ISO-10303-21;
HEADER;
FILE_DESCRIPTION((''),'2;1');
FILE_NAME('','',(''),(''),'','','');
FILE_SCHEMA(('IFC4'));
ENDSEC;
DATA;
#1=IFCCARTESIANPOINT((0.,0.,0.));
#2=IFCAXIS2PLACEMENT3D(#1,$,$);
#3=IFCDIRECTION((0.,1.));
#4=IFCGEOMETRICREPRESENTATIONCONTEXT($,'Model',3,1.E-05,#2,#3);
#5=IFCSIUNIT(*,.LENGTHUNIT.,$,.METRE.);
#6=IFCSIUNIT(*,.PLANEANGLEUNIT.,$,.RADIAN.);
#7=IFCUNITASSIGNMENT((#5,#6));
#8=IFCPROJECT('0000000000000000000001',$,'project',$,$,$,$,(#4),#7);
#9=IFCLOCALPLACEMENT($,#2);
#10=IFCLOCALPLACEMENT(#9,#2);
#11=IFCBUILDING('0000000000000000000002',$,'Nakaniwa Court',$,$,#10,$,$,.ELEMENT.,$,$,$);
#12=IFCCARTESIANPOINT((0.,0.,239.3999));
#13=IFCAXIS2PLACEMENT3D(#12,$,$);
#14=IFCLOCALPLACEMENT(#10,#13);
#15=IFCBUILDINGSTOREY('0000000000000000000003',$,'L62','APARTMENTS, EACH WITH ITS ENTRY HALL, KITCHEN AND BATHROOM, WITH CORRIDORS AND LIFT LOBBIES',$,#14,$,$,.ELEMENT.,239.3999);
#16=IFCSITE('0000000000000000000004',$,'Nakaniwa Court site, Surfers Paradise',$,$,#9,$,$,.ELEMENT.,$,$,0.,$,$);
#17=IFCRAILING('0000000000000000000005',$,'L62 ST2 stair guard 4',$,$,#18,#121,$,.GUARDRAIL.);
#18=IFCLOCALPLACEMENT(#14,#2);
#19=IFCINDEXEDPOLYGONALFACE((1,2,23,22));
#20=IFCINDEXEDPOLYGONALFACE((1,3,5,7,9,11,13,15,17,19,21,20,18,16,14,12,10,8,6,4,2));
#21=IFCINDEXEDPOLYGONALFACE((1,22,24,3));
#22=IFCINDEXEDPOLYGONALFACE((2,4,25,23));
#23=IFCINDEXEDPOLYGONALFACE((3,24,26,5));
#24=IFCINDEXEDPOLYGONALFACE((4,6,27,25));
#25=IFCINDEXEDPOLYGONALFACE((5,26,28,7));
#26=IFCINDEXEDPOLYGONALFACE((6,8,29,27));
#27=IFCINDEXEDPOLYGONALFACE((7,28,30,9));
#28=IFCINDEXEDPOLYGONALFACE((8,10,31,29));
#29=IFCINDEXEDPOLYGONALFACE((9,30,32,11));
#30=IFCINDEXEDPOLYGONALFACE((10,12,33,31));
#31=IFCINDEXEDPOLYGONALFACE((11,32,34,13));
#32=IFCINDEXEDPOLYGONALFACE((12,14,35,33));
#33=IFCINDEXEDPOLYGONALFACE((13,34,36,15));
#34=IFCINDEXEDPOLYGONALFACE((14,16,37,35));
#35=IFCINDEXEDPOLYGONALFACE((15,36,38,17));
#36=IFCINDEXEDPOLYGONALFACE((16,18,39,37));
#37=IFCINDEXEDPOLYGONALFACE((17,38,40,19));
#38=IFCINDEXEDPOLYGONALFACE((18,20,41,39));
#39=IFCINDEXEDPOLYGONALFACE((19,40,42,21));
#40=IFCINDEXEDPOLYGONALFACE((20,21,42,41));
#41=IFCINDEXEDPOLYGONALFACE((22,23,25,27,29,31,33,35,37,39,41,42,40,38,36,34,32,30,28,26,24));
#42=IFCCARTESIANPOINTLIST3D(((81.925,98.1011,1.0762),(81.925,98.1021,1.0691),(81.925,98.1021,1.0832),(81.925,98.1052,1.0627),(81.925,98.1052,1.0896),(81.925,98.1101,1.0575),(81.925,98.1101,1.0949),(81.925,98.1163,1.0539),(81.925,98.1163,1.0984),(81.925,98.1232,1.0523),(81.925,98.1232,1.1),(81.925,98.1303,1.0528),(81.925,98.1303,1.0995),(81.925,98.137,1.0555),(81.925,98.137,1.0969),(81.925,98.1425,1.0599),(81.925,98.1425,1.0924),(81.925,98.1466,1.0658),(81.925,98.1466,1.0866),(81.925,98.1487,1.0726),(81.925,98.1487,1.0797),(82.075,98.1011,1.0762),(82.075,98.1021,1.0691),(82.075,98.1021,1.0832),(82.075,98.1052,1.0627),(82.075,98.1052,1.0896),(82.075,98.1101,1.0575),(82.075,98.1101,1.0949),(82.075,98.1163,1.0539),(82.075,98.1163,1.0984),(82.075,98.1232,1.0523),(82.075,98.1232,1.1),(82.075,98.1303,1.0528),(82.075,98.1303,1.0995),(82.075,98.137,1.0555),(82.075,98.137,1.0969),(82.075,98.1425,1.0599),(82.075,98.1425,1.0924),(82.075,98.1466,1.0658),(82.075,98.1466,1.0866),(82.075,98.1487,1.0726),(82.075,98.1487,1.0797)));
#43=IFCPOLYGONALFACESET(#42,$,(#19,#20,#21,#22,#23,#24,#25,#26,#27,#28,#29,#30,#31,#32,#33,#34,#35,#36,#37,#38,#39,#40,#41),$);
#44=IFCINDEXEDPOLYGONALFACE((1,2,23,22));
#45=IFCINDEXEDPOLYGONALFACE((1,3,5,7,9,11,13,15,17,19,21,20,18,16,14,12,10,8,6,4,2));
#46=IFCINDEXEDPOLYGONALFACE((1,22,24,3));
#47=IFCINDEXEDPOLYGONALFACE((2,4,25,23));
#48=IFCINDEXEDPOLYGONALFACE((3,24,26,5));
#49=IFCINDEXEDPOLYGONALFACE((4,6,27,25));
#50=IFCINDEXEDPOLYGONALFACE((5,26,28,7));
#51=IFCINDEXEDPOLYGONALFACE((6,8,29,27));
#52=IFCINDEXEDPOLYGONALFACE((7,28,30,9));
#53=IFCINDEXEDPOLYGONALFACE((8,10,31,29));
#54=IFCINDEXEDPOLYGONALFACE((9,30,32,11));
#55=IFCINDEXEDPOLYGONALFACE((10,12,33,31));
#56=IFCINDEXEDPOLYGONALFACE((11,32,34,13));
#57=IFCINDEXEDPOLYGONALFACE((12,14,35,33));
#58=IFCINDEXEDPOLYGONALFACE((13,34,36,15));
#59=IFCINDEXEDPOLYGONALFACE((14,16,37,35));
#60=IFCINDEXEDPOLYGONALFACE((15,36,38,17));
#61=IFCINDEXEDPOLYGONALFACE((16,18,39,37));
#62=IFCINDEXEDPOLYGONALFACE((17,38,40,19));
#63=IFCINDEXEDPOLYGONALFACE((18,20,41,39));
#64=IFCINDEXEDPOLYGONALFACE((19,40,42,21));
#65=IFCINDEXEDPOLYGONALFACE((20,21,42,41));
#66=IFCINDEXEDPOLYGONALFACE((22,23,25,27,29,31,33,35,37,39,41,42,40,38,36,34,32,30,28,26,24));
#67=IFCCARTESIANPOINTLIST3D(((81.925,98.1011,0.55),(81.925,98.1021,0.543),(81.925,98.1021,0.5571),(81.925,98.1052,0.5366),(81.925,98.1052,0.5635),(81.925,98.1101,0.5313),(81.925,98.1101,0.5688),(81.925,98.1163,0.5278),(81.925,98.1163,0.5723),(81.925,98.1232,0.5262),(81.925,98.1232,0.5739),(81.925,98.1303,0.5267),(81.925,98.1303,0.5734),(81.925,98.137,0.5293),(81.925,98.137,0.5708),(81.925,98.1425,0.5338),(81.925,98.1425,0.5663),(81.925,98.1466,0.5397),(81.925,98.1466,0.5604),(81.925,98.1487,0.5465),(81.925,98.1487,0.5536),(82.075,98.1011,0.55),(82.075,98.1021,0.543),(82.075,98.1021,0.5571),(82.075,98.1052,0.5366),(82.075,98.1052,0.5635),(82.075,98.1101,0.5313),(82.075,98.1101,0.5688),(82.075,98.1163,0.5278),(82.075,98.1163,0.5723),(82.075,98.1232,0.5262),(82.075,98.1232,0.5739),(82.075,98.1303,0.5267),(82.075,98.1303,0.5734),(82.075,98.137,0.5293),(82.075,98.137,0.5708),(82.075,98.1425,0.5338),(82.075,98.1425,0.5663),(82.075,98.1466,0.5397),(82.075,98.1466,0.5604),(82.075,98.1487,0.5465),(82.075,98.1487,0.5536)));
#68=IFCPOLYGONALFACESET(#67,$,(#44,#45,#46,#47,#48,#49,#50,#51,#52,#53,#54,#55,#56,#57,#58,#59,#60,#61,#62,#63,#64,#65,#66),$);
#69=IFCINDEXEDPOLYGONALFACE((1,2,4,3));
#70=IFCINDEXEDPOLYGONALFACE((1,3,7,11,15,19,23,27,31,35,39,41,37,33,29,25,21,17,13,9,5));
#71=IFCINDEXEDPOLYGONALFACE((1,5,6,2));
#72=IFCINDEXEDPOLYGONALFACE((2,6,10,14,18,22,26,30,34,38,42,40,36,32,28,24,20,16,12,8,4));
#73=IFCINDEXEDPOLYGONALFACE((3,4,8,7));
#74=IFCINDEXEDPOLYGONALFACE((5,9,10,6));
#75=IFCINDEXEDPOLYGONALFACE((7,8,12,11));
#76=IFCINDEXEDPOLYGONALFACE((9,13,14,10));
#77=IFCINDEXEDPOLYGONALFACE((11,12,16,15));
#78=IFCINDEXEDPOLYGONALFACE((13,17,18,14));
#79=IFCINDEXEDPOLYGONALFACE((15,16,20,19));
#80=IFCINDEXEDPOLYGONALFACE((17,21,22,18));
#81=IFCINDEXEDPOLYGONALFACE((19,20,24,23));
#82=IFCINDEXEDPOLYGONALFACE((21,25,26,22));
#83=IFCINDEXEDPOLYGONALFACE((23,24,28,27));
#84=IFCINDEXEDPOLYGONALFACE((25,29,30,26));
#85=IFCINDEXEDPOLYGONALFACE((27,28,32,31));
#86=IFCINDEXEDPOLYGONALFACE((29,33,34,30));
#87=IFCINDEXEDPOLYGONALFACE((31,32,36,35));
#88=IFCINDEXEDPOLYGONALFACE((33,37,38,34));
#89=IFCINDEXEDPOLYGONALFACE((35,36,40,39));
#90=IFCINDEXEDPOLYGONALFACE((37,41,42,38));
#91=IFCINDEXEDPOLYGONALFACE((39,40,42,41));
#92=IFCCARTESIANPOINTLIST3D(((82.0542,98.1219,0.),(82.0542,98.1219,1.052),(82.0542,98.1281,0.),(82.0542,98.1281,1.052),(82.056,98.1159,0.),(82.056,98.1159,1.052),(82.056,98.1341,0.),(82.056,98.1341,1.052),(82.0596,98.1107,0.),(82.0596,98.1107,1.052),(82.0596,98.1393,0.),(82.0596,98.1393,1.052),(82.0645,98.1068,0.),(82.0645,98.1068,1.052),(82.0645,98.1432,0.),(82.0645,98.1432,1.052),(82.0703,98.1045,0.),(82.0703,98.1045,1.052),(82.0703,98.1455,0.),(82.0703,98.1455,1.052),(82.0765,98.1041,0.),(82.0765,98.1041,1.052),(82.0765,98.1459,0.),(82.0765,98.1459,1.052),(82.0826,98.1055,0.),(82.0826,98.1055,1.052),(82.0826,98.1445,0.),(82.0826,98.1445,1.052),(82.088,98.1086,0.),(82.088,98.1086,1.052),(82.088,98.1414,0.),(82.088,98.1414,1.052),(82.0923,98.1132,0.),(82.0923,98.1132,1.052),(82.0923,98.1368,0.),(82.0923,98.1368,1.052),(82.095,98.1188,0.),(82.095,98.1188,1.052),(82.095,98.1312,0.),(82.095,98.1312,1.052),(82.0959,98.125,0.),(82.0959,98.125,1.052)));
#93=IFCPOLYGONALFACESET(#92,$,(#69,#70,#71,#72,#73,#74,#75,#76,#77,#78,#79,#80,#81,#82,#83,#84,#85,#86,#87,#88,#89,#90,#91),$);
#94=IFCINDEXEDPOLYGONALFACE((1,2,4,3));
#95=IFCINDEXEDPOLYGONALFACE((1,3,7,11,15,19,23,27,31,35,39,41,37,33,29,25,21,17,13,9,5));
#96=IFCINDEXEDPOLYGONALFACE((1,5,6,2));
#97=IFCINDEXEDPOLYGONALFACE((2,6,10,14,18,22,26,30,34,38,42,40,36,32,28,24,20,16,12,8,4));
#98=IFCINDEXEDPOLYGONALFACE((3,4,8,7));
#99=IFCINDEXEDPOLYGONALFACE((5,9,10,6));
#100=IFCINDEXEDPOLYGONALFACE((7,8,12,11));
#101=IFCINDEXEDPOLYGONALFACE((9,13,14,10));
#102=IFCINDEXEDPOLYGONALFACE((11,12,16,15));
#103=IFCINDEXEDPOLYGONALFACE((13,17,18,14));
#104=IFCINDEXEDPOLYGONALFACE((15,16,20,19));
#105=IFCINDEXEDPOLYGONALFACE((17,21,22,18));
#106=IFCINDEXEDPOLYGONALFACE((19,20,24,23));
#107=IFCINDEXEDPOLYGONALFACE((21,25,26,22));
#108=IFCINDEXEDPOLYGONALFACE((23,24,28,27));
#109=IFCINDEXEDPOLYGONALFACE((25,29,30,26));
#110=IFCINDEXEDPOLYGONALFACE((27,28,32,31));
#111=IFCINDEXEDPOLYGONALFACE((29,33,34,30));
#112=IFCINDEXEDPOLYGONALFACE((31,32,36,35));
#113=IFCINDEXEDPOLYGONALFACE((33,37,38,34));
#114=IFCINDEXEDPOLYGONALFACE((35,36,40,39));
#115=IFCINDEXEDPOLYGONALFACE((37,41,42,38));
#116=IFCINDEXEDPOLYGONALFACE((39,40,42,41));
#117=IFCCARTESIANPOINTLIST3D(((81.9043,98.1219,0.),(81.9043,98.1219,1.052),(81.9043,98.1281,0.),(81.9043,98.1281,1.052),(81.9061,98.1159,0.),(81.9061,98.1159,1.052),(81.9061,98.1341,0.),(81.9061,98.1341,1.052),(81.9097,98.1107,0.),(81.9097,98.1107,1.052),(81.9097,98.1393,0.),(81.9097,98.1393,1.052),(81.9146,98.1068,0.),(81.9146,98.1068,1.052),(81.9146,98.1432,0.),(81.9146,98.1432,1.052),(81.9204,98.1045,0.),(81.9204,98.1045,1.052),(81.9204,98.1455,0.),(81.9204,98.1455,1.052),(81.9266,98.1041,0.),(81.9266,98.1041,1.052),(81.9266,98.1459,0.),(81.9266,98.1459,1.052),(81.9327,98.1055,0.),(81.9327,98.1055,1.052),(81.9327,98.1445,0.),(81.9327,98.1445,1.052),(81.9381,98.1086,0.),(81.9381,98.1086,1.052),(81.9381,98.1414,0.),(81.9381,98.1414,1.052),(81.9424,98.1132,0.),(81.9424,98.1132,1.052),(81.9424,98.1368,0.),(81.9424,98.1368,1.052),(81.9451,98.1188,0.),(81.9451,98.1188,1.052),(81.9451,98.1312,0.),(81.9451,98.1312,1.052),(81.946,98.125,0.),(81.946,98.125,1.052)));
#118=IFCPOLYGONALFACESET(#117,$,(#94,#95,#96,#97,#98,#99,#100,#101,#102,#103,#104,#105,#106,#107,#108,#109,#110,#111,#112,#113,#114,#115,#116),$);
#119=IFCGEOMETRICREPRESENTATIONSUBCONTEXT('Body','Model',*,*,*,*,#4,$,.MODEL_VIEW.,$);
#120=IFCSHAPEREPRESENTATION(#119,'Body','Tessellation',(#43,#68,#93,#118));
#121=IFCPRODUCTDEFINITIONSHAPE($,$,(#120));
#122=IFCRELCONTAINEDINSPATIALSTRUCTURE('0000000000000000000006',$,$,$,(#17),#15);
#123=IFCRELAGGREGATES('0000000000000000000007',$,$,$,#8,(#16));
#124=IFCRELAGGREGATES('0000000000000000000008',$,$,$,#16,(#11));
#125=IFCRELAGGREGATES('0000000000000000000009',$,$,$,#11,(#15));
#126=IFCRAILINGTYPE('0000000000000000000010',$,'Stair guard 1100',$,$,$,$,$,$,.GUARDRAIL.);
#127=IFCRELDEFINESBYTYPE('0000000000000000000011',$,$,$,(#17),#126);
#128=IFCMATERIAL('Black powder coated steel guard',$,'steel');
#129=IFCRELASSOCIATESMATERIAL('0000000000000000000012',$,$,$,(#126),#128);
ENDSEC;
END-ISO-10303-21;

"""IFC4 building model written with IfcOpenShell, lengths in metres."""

from ifc_helpers import new_model, si_unit, direction, frame, origin, origin_2d, place, context, subcontext, project, spatial, circle, extrude, material, type_object, element, save


model = new_model("IFC4")

# Units and contexts
model_context = context("Model", 3, precision=1e-05, world=origin(), true_north=direction((0.0, 1.0)))
body_context = subcontext(model_context, "Body", "Model", "MODEL_VIEW")
ifc_project = project(units=[si_unit("LENGTHUNIT", "METRE"), si_unit("PLANEANGLEUNIT", "RADIAN")], contexts=[model_context])

# Site, building, storey
site_placement = place(None, origin())
site = spatial("IfcSite", under=ifc_project, at=site_placement, Name="Nakaniwa Court site, Surfers Paradise", CompositionType="ELEMENT", RefElevation=0.0)
building_placement = place(site_placement, origin())
building = spatial("IfcBuilding", under=site, at=building_placement, Name="Nakaniwa Court", CompositionType="ELEMENT")
storey_placement = place(building_placement, frame((0.0, 0.0, 239.3999)))
storey = spatial("IfcBuildingStorey", under=building, at=storey_placement, Name="L62", Description="APARTMENTS, EACH WITH ITS ENTRY HALL, KITCHEN AND BATHROOM, WITH CORRIDORS AND LIFT LOBBIES", CompositionType="ELEMENT", Elevation=239.3999)

# Railing
ifc_material_1 = material(Name="Black powder coated steel guard", Category="steel")
railing_type_1 = type_object("IfcRailingType", Name="Stair guard 1100", PredefinedType="GUARDRAIL", material=ifc_material_1)
railing_1_placement = place(storey_placement, frame((82.075, 98.125, 0.0)))
element("IfcRailing", 1, at=railing_1_placement, inside=storey, type_object=railing_type_1, Name="L62 ST2 stair guard 4", PredefinedType="GUARDRAIL", context=body_context, shape_type="SweptSolid", body=[
    extrude(circle(Radius=0.0239, at=origin_2d()), frame((0.0, 0.0, 1.0762), z_axis=(-1.0, 0.0, 0.0), x_axis=(0.0, -1.0, 0.0)), (0.0, 0.0, 1.0), 0.1499),
    extrude(circle(Radius=0.0239, at=origin_2d()), frame((0.0, 0.0, 0.55), z_axis=(-1.0, 0.0, 0.0), x_axis=(0.0, -1.0, 0.0)), (0.0, 0.0, 1.0), 0.1499),
    extrude(circle(Radius=0.021, at=origin_2d()), origin(), (0.0, 0.0, 1.0), 1.052),
    extrude(circle(Radius=0.021, at=origin_2d()), frame((-0.1499, 0.0, 0.0)), (0.0, 0.0, 1.0), 1.052),
])

save(model, "model.ifc")
